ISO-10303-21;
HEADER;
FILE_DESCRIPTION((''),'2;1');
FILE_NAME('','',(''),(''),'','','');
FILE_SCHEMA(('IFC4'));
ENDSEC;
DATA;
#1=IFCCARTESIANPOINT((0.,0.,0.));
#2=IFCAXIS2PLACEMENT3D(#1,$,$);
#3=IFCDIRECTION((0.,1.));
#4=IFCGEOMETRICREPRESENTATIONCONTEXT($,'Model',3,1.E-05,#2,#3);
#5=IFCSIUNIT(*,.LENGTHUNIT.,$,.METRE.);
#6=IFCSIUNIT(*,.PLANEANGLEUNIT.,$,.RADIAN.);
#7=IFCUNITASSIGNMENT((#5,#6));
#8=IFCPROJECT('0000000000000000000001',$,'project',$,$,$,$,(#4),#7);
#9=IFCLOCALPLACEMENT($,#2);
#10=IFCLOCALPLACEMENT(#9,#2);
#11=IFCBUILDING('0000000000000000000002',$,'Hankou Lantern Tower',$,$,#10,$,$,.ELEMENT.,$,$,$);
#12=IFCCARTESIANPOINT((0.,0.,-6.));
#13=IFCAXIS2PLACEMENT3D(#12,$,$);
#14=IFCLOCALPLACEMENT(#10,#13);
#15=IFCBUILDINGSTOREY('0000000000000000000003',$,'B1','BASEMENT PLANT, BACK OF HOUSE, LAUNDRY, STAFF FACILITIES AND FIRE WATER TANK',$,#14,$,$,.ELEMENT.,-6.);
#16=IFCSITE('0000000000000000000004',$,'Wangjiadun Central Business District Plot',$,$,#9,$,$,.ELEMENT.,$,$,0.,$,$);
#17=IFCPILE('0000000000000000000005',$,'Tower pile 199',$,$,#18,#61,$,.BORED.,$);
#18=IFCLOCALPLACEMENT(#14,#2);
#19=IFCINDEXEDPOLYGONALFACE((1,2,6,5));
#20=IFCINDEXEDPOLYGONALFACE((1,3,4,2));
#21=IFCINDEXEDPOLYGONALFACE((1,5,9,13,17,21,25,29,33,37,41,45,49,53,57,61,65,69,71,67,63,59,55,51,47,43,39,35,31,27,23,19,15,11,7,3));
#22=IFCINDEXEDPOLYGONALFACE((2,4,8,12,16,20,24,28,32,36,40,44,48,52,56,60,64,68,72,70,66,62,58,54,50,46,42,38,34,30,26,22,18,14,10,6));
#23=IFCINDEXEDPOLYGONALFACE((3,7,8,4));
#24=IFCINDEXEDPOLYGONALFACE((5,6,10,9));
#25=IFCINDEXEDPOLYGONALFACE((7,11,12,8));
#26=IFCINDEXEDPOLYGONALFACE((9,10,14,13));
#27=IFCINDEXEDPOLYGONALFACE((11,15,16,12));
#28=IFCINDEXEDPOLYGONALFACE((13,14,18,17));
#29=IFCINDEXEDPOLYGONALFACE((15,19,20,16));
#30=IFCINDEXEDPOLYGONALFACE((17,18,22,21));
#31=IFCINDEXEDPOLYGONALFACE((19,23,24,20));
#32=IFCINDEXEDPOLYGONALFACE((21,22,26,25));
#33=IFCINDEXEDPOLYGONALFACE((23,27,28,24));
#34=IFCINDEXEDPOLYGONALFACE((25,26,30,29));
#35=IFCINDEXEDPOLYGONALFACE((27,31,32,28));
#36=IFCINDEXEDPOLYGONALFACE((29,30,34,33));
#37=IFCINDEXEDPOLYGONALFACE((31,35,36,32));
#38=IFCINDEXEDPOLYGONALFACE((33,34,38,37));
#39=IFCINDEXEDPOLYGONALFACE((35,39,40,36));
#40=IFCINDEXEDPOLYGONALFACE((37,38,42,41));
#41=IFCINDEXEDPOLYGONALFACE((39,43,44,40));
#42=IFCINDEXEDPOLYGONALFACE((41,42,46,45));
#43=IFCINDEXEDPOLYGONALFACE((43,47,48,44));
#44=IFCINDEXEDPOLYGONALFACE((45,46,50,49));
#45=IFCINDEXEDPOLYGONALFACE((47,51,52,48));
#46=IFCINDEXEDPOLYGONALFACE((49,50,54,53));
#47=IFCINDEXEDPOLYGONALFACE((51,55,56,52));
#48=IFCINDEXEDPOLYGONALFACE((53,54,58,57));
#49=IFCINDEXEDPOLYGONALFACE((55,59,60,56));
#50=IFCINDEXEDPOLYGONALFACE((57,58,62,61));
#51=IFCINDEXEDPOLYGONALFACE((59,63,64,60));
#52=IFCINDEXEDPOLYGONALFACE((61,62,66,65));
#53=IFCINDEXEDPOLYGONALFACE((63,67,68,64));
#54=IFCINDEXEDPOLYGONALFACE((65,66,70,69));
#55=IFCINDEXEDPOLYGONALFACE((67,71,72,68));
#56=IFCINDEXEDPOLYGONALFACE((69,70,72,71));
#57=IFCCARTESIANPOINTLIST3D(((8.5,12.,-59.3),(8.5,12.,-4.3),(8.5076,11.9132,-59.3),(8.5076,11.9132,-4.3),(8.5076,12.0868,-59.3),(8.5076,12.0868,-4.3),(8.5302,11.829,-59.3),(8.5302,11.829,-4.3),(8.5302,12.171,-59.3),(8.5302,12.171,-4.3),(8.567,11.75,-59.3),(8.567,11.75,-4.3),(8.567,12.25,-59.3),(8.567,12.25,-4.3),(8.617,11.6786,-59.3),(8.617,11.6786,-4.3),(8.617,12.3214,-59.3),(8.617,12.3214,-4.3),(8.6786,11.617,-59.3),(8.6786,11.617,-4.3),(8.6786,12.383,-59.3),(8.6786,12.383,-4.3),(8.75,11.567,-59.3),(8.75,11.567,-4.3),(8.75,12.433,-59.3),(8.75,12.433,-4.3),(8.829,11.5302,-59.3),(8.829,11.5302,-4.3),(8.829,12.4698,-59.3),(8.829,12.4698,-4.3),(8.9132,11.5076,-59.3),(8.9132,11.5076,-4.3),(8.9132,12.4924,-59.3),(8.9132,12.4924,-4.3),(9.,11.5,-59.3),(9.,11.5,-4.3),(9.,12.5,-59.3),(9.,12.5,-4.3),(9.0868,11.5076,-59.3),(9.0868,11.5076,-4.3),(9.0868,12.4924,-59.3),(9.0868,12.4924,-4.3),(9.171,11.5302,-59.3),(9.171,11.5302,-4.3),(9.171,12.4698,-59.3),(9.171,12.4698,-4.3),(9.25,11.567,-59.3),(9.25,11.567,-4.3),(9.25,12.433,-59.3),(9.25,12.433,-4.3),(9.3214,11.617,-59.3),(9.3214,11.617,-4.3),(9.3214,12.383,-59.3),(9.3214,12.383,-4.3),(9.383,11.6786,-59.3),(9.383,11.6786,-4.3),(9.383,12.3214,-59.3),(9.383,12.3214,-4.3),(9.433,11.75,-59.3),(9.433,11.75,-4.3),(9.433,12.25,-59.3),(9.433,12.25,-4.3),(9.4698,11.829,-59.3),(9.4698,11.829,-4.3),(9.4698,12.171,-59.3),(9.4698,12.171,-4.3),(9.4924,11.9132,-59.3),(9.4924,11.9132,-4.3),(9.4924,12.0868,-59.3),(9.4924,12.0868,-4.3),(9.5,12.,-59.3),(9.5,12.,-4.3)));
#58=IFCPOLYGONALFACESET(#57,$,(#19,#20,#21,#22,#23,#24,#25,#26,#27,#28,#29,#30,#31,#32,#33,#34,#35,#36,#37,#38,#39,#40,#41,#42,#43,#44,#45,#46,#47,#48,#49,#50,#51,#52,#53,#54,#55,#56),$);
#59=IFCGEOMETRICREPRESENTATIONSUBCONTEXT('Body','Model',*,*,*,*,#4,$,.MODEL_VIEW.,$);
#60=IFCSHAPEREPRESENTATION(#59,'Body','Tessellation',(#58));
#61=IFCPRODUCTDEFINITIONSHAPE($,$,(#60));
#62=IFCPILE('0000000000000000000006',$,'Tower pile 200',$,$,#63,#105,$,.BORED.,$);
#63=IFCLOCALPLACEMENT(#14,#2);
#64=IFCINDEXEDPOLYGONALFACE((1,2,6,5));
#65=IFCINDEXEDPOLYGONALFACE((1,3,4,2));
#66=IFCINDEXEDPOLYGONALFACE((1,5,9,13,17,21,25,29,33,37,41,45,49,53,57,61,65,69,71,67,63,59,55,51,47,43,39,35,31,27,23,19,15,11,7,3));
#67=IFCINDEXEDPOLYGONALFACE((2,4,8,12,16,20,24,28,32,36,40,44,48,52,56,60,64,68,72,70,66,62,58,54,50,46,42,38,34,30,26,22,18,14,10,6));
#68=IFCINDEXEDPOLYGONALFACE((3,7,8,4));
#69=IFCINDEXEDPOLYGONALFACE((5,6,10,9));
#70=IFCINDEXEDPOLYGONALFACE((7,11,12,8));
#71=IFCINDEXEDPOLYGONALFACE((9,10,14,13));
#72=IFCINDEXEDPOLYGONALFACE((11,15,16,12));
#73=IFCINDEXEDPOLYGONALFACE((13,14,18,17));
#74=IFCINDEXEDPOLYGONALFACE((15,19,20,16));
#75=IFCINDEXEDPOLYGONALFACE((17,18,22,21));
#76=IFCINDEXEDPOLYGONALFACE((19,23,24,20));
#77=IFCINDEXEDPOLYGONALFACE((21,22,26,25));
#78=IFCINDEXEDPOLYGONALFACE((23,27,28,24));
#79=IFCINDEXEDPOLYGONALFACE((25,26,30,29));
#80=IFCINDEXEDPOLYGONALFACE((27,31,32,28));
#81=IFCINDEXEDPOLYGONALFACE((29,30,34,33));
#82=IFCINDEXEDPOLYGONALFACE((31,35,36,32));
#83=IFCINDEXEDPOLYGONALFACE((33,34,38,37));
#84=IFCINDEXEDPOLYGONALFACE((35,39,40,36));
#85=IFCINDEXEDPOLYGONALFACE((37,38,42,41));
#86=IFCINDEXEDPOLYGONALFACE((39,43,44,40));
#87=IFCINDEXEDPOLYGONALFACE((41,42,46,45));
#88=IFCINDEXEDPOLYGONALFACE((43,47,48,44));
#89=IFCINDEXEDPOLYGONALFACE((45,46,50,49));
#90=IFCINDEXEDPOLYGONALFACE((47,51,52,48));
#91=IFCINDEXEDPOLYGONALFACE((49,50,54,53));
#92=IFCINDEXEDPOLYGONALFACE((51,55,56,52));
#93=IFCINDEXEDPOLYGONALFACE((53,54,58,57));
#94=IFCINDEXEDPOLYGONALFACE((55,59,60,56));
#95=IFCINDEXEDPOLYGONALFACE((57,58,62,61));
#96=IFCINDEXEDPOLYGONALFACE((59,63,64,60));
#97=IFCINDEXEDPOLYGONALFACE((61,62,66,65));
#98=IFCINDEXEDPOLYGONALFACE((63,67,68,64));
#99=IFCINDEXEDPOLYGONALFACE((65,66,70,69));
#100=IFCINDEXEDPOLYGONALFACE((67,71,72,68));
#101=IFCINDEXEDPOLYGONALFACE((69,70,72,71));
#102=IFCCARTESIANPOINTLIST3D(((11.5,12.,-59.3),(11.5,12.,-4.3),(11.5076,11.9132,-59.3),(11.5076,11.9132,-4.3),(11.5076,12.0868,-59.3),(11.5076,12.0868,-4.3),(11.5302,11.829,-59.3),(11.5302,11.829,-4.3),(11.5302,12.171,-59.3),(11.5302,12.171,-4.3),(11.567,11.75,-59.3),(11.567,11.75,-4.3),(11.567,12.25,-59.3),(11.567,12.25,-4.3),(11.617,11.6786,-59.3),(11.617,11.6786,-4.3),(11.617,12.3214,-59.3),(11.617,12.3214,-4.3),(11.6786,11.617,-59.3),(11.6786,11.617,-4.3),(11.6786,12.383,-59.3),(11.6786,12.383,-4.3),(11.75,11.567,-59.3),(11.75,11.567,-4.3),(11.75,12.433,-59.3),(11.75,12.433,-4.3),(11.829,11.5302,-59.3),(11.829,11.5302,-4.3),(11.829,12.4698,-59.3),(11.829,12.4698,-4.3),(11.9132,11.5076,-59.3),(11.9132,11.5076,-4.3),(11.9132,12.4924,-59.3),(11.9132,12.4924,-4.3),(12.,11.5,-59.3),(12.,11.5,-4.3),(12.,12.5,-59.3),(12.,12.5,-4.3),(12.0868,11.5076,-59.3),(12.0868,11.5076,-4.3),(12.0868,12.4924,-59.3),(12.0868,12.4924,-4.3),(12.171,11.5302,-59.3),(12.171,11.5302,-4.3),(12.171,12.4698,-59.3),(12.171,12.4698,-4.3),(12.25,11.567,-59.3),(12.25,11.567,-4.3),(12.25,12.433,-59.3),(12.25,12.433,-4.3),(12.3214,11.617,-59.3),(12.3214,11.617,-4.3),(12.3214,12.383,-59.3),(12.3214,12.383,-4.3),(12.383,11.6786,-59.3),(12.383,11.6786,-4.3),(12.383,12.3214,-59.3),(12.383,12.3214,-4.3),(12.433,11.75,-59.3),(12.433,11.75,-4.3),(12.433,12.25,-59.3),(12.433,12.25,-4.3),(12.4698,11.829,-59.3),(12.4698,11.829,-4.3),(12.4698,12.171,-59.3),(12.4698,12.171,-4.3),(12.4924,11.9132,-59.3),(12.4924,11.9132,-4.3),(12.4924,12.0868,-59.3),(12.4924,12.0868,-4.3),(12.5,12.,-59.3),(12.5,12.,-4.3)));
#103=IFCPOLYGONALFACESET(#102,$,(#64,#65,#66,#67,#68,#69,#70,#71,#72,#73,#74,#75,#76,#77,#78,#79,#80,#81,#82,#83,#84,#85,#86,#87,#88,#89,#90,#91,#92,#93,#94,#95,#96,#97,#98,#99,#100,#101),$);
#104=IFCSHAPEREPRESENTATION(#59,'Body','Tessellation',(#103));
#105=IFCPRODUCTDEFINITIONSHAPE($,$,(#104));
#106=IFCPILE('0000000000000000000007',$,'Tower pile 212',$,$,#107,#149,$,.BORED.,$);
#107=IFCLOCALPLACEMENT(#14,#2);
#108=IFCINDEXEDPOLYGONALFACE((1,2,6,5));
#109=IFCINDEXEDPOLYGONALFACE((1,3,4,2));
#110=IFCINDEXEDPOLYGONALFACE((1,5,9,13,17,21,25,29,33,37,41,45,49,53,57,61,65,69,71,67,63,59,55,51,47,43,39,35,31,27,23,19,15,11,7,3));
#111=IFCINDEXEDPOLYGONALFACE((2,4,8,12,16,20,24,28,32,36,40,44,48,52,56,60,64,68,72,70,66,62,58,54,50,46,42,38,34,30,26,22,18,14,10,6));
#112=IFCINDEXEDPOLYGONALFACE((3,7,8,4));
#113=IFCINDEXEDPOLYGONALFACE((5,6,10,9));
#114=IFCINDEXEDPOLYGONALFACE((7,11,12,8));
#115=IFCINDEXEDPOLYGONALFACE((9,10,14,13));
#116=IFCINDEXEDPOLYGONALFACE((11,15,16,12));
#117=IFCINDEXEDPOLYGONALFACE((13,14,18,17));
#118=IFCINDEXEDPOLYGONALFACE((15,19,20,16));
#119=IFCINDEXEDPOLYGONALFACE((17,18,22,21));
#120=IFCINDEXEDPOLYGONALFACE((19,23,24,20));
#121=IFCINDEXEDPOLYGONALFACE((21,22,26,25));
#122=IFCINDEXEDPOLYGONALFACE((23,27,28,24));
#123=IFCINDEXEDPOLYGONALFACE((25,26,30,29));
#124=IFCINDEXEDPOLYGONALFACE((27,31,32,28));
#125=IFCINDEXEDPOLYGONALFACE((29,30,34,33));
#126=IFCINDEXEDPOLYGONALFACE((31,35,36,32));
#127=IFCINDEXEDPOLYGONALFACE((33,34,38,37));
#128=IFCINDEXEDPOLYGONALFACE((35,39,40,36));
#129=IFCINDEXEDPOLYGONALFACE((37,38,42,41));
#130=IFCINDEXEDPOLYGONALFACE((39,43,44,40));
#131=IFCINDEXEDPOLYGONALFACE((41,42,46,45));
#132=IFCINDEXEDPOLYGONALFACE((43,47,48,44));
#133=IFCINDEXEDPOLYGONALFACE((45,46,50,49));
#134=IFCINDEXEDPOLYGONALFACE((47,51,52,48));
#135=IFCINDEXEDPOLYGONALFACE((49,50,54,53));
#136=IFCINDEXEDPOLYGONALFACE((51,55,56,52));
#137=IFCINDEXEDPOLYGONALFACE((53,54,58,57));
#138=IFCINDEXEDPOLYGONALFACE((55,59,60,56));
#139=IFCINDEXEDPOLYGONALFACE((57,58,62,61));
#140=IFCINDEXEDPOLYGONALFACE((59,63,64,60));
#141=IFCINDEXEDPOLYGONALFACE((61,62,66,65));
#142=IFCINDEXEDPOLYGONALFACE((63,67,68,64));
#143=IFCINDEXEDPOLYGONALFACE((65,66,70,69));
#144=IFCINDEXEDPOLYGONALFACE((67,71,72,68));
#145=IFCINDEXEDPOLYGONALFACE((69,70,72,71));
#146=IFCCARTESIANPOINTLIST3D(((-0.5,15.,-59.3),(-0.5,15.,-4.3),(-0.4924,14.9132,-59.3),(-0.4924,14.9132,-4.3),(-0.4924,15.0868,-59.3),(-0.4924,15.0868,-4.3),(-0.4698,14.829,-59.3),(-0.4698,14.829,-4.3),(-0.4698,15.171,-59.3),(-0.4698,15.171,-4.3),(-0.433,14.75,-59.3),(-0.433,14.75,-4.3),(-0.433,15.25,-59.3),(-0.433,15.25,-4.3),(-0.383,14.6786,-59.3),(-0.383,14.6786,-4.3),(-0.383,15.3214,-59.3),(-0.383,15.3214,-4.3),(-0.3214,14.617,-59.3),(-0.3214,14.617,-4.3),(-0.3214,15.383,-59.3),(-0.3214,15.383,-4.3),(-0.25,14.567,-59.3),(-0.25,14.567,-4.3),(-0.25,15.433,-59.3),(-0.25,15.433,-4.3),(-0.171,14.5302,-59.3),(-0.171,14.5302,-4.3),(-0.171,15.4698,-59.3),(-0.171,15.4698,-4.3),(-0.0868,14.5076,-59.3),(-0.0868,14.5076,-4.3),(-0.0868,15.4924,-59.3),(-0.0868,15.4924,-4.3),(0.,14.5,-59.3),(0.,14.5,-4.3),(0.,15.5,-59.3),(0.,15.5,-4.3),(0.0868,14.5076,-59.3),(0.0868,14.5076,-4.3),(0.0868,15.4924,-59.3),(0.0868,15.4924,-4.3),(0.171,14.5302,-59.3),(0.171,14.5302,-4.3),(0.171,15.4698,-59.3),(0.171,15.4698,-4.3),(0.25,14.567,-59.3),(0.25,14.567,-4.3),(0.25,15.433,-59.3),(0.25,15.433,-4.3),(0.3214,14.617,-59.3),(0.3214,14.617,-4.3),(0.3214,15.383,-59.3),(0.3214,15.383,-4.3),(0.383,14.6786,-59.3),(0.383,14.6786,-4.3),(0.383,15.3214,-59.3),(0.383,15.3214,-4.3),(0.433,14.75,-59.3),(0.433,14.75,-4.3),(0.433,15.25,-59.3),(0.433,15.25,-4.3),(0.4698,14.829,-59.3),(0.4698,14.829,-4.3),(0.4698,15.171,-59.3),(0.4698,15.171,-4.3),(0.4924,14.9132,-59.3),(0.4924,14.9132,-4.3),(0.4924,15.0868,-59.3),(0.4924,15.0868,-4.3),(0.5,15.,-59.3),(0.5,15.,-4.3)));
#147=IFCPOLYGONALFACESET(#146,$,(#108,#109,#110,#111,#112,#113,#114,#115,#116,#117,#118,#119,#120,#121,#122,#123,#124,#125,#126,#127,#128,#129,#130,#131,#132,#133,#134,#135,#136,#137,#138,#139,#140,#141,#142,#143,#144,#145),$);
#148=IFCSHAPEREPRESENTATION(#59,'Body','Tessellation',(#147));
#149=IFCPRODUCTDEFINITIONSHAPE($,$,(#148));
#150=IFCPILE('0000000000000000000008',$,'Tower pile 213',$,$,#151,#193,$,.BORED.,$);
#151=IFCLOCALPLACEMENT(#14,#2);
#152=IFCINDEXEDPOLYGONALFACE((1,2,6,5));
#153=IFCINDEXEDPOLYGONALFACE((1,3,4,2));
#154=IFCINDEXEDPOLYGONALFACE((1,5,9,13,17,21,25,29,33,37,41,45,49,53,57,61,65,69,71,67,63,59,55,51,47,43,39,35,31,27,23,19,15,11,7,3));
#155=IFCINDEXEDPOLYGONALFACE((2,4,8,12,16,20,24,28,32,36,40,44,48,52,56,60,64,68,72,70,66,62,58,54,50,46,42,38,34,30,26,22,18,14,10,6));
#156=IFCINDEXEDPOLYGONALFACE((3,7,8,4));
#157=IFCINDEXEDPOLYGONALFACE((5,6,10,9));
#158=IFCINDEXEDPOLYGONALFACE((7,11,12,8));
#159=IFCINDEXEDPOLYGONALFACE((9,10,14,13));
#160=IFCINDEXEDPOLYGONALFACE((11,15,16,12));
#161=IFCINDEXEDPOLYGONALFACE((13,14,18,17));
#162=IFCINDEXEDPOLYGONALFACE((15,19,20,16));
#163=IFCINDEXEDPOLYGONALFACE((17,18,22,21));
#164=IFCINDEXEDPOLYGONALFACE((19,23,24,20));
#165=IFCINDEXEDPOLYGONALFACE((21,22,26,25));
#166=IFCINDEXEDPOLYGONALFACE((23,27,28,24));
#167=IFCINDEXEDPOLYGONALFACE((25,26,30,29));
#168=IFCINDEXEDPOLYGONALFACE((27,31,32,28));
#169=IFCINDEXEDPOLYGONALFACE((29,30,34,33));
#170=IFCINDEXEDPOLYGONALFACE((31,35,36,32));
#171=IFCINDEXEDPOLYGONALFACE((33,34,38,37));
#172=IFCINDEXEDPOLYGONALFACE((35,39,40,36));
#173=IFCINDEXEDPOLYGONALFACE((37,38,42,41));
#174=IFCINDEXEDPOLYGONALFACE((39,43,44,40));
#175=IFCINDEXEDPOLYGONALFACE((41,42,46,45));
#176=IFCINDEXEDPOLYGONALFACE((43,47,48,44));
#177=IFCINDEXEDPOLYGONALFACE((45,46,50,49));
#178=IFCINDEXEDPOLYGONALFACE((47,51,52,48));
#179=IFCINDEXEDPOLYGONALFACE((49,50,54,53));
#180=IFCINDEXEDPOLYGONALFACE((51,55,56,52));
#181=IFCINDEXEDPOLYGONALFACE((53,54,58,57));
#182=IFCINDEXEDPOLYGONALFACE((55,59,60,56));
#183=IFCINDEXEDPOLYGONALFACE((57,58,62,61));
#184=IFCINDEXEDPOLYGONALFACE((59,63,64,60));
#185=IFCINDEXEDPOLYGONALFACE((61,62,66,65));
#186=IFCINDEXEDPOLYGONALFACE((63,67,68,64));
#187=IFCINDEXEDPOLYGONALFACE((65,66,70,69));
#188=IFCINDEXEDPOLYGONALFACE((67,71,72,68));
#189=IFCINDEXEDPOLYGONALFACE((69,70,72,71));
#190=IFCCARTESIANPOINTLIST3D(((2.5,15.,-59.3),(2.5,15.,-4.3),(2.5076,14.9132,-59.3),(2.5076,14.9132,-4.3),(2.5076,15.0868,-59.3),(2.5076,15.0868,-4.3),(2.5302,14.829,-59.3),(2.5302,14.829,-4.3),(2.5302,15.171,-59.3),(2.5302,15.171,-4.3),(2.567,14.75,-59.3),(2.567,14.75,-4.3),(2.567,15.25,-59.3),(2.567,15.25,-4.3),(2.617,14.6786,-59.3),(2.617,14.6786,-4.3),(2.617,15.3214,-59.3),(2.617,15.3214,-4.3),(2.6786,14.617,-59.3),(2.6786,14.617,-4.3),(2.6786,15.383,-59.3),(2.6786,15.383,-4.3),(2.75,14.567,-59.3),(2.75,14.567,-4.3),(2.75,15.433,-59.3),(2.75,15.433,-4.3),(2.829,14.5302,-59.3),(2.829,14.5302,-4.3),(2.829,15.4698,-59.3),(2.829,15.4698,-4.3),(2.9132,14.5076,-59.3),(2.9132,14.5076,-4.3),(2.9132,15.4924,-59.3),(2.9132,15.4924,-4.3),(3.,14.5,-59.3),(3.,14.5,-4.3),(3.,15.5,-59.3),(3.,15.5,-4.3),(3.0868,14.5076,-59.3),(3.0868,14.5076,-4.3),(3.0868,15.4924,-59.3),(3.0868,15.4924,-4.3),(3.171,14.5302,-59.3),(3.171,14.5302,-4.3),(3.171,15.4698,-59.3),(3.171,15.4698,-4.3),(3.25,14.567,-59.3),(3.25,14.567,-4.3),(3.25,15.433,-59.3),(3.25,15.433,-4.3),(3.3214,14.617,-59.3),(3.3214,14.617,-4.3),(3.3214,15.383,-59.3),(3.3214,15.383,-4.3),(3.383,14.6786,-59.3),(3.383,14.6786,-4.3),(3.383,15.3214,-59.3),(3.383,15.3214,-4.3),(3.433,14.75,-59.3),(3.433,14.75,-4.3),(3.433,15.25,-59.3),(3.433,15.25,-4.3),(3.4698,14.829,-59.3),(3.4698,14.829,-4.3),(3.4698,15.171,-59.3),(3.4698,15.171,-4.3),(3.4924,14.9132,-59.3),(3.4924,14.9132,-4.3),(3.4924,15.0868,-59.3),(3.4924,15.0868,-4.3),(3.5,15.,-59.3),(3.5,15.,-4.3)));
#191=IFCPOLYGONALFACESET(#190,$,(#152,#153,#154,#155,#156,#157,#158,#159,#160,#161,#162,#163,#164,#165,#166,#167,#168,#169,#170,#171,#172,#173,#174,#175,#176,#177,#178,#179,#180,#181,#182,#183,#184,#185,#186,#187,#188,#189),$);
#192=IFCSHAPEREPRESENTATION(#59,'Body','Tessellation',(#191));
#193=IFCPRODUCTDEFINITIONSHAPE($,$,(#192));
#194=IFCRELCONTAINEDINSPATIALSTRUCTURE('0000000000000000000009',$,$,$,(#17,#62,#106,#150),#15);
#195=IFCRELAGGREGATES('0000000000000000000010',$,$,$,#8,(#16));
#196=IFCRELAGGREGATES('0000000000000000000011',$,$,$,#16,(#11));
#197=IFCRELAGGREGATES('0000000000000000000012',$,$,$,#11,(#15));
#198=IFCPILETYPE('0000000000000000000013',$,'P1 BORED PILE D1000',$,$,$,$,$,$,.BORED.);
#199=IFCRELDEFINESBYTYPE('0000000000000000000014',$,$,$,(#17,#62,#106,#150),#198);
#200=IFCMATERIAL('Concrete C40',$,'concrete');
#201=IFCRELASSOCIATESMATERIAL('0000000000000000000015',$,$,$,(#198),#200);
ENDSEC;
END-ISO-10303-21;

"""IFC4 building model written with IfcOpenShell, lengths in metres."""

from ifc_helpers import new_model, si_unit, direction, frame, origin, origin_2d, place, context, subcontext, project, spatial, circle, extrude, material, material_profile, profile_set, type_object, element, save


model = new_model("IFC4")

# Units and contexts
model_context = context("Model", 3, precision=1e-05, world=origin(), true_north=direction((0.0, 1.0)))
body_context = subcontext(model_context, "Body", "Model", "MODEL_VIEW")
ifc_project = project(units=[si_unit("LENGTHUNIT", "METRE"), si_unit("PLANEANGLEUNIT", "RADIAN")], contexts=[model_context])

# Site, building, storey
site_placement = place(None, origin())
site = spatial("IfcSite", under=ifc_project, at=site_placement, Name="Wangjiadun Central Business District Plot", CompositionType="ELEMENT", RefElevation=0.0)
building_placement = place(site_placement, origin())
building = spatial("IfcBuilding", under=site, at=building_placement, Name="Hankou Lantern Tower", CompositionType="ELEMENT")
storey_placement = place(building_placement, frame((0.0, 0.0, -6.0)))
storey = spatial("IfcBuildingStorey", under=building, at=storey_placement, Name="B1", Description="BASEMENT PLANT, BACK OF HOUSE, LAUNDRY, STAFF FACILITIES AND FIRE WATER TANK", CompositionType="ELEMENT", Elevation=-6.0)

# Piles
ifc_material_1 = material(Name="Concrete C40", Category="concrete")
ifc_material_profile_1 = material_profile(ifc_material_1, circle(Radius=0.5, at=origin_2d()), Name="RC D1000")
ifc_profile_set_1 = profile_set([ifc_material_profile_1], Name="Concrete C40")
pile_type = type_object("IfcPileType", Name="P1 BORED PILE D1000", PredefinedType="BORED", material=ifc_profile_set_1)
for number, where, z_axis, x_axis, name in (
    (1, (9.0, 12.0, -4.3), (0.0, 0.0, -1.0), (1.0, 0.0, 0.0), "Tower pile 199"),
    (2, (12.0, 12.0, -4.3), (0.0, 0.0, -1.0), (1.0, 0.0, 0.0), "Tower pile 200"),
    (3, (0.0, 15.0, -4.3), (0.0, 0.0, -1.0), (1.0, 0.0, 0.0), "Tower pile 212"),
    (4, (3.0, 15.0, -4.3), (0.0, 0.0, -1.0), (1.0, 0.0, 0.0), "Tower pile 213"),
):
    element("IfcPile", number, at=place(storey_placement, frame(where, z_axis=z_axis, x_axis=x_axis)), inside=storey, type_object=pile_type, Name=name, PredefinedType="BORED", context=body_context, shape_type="SweptSolid", body=[
        extrude(circle(Radius=0.5, at=origin_2d()), origin(), (0.0, 0.0, 1.0), 55.0),
    ])

save(model, "model.ifc")
